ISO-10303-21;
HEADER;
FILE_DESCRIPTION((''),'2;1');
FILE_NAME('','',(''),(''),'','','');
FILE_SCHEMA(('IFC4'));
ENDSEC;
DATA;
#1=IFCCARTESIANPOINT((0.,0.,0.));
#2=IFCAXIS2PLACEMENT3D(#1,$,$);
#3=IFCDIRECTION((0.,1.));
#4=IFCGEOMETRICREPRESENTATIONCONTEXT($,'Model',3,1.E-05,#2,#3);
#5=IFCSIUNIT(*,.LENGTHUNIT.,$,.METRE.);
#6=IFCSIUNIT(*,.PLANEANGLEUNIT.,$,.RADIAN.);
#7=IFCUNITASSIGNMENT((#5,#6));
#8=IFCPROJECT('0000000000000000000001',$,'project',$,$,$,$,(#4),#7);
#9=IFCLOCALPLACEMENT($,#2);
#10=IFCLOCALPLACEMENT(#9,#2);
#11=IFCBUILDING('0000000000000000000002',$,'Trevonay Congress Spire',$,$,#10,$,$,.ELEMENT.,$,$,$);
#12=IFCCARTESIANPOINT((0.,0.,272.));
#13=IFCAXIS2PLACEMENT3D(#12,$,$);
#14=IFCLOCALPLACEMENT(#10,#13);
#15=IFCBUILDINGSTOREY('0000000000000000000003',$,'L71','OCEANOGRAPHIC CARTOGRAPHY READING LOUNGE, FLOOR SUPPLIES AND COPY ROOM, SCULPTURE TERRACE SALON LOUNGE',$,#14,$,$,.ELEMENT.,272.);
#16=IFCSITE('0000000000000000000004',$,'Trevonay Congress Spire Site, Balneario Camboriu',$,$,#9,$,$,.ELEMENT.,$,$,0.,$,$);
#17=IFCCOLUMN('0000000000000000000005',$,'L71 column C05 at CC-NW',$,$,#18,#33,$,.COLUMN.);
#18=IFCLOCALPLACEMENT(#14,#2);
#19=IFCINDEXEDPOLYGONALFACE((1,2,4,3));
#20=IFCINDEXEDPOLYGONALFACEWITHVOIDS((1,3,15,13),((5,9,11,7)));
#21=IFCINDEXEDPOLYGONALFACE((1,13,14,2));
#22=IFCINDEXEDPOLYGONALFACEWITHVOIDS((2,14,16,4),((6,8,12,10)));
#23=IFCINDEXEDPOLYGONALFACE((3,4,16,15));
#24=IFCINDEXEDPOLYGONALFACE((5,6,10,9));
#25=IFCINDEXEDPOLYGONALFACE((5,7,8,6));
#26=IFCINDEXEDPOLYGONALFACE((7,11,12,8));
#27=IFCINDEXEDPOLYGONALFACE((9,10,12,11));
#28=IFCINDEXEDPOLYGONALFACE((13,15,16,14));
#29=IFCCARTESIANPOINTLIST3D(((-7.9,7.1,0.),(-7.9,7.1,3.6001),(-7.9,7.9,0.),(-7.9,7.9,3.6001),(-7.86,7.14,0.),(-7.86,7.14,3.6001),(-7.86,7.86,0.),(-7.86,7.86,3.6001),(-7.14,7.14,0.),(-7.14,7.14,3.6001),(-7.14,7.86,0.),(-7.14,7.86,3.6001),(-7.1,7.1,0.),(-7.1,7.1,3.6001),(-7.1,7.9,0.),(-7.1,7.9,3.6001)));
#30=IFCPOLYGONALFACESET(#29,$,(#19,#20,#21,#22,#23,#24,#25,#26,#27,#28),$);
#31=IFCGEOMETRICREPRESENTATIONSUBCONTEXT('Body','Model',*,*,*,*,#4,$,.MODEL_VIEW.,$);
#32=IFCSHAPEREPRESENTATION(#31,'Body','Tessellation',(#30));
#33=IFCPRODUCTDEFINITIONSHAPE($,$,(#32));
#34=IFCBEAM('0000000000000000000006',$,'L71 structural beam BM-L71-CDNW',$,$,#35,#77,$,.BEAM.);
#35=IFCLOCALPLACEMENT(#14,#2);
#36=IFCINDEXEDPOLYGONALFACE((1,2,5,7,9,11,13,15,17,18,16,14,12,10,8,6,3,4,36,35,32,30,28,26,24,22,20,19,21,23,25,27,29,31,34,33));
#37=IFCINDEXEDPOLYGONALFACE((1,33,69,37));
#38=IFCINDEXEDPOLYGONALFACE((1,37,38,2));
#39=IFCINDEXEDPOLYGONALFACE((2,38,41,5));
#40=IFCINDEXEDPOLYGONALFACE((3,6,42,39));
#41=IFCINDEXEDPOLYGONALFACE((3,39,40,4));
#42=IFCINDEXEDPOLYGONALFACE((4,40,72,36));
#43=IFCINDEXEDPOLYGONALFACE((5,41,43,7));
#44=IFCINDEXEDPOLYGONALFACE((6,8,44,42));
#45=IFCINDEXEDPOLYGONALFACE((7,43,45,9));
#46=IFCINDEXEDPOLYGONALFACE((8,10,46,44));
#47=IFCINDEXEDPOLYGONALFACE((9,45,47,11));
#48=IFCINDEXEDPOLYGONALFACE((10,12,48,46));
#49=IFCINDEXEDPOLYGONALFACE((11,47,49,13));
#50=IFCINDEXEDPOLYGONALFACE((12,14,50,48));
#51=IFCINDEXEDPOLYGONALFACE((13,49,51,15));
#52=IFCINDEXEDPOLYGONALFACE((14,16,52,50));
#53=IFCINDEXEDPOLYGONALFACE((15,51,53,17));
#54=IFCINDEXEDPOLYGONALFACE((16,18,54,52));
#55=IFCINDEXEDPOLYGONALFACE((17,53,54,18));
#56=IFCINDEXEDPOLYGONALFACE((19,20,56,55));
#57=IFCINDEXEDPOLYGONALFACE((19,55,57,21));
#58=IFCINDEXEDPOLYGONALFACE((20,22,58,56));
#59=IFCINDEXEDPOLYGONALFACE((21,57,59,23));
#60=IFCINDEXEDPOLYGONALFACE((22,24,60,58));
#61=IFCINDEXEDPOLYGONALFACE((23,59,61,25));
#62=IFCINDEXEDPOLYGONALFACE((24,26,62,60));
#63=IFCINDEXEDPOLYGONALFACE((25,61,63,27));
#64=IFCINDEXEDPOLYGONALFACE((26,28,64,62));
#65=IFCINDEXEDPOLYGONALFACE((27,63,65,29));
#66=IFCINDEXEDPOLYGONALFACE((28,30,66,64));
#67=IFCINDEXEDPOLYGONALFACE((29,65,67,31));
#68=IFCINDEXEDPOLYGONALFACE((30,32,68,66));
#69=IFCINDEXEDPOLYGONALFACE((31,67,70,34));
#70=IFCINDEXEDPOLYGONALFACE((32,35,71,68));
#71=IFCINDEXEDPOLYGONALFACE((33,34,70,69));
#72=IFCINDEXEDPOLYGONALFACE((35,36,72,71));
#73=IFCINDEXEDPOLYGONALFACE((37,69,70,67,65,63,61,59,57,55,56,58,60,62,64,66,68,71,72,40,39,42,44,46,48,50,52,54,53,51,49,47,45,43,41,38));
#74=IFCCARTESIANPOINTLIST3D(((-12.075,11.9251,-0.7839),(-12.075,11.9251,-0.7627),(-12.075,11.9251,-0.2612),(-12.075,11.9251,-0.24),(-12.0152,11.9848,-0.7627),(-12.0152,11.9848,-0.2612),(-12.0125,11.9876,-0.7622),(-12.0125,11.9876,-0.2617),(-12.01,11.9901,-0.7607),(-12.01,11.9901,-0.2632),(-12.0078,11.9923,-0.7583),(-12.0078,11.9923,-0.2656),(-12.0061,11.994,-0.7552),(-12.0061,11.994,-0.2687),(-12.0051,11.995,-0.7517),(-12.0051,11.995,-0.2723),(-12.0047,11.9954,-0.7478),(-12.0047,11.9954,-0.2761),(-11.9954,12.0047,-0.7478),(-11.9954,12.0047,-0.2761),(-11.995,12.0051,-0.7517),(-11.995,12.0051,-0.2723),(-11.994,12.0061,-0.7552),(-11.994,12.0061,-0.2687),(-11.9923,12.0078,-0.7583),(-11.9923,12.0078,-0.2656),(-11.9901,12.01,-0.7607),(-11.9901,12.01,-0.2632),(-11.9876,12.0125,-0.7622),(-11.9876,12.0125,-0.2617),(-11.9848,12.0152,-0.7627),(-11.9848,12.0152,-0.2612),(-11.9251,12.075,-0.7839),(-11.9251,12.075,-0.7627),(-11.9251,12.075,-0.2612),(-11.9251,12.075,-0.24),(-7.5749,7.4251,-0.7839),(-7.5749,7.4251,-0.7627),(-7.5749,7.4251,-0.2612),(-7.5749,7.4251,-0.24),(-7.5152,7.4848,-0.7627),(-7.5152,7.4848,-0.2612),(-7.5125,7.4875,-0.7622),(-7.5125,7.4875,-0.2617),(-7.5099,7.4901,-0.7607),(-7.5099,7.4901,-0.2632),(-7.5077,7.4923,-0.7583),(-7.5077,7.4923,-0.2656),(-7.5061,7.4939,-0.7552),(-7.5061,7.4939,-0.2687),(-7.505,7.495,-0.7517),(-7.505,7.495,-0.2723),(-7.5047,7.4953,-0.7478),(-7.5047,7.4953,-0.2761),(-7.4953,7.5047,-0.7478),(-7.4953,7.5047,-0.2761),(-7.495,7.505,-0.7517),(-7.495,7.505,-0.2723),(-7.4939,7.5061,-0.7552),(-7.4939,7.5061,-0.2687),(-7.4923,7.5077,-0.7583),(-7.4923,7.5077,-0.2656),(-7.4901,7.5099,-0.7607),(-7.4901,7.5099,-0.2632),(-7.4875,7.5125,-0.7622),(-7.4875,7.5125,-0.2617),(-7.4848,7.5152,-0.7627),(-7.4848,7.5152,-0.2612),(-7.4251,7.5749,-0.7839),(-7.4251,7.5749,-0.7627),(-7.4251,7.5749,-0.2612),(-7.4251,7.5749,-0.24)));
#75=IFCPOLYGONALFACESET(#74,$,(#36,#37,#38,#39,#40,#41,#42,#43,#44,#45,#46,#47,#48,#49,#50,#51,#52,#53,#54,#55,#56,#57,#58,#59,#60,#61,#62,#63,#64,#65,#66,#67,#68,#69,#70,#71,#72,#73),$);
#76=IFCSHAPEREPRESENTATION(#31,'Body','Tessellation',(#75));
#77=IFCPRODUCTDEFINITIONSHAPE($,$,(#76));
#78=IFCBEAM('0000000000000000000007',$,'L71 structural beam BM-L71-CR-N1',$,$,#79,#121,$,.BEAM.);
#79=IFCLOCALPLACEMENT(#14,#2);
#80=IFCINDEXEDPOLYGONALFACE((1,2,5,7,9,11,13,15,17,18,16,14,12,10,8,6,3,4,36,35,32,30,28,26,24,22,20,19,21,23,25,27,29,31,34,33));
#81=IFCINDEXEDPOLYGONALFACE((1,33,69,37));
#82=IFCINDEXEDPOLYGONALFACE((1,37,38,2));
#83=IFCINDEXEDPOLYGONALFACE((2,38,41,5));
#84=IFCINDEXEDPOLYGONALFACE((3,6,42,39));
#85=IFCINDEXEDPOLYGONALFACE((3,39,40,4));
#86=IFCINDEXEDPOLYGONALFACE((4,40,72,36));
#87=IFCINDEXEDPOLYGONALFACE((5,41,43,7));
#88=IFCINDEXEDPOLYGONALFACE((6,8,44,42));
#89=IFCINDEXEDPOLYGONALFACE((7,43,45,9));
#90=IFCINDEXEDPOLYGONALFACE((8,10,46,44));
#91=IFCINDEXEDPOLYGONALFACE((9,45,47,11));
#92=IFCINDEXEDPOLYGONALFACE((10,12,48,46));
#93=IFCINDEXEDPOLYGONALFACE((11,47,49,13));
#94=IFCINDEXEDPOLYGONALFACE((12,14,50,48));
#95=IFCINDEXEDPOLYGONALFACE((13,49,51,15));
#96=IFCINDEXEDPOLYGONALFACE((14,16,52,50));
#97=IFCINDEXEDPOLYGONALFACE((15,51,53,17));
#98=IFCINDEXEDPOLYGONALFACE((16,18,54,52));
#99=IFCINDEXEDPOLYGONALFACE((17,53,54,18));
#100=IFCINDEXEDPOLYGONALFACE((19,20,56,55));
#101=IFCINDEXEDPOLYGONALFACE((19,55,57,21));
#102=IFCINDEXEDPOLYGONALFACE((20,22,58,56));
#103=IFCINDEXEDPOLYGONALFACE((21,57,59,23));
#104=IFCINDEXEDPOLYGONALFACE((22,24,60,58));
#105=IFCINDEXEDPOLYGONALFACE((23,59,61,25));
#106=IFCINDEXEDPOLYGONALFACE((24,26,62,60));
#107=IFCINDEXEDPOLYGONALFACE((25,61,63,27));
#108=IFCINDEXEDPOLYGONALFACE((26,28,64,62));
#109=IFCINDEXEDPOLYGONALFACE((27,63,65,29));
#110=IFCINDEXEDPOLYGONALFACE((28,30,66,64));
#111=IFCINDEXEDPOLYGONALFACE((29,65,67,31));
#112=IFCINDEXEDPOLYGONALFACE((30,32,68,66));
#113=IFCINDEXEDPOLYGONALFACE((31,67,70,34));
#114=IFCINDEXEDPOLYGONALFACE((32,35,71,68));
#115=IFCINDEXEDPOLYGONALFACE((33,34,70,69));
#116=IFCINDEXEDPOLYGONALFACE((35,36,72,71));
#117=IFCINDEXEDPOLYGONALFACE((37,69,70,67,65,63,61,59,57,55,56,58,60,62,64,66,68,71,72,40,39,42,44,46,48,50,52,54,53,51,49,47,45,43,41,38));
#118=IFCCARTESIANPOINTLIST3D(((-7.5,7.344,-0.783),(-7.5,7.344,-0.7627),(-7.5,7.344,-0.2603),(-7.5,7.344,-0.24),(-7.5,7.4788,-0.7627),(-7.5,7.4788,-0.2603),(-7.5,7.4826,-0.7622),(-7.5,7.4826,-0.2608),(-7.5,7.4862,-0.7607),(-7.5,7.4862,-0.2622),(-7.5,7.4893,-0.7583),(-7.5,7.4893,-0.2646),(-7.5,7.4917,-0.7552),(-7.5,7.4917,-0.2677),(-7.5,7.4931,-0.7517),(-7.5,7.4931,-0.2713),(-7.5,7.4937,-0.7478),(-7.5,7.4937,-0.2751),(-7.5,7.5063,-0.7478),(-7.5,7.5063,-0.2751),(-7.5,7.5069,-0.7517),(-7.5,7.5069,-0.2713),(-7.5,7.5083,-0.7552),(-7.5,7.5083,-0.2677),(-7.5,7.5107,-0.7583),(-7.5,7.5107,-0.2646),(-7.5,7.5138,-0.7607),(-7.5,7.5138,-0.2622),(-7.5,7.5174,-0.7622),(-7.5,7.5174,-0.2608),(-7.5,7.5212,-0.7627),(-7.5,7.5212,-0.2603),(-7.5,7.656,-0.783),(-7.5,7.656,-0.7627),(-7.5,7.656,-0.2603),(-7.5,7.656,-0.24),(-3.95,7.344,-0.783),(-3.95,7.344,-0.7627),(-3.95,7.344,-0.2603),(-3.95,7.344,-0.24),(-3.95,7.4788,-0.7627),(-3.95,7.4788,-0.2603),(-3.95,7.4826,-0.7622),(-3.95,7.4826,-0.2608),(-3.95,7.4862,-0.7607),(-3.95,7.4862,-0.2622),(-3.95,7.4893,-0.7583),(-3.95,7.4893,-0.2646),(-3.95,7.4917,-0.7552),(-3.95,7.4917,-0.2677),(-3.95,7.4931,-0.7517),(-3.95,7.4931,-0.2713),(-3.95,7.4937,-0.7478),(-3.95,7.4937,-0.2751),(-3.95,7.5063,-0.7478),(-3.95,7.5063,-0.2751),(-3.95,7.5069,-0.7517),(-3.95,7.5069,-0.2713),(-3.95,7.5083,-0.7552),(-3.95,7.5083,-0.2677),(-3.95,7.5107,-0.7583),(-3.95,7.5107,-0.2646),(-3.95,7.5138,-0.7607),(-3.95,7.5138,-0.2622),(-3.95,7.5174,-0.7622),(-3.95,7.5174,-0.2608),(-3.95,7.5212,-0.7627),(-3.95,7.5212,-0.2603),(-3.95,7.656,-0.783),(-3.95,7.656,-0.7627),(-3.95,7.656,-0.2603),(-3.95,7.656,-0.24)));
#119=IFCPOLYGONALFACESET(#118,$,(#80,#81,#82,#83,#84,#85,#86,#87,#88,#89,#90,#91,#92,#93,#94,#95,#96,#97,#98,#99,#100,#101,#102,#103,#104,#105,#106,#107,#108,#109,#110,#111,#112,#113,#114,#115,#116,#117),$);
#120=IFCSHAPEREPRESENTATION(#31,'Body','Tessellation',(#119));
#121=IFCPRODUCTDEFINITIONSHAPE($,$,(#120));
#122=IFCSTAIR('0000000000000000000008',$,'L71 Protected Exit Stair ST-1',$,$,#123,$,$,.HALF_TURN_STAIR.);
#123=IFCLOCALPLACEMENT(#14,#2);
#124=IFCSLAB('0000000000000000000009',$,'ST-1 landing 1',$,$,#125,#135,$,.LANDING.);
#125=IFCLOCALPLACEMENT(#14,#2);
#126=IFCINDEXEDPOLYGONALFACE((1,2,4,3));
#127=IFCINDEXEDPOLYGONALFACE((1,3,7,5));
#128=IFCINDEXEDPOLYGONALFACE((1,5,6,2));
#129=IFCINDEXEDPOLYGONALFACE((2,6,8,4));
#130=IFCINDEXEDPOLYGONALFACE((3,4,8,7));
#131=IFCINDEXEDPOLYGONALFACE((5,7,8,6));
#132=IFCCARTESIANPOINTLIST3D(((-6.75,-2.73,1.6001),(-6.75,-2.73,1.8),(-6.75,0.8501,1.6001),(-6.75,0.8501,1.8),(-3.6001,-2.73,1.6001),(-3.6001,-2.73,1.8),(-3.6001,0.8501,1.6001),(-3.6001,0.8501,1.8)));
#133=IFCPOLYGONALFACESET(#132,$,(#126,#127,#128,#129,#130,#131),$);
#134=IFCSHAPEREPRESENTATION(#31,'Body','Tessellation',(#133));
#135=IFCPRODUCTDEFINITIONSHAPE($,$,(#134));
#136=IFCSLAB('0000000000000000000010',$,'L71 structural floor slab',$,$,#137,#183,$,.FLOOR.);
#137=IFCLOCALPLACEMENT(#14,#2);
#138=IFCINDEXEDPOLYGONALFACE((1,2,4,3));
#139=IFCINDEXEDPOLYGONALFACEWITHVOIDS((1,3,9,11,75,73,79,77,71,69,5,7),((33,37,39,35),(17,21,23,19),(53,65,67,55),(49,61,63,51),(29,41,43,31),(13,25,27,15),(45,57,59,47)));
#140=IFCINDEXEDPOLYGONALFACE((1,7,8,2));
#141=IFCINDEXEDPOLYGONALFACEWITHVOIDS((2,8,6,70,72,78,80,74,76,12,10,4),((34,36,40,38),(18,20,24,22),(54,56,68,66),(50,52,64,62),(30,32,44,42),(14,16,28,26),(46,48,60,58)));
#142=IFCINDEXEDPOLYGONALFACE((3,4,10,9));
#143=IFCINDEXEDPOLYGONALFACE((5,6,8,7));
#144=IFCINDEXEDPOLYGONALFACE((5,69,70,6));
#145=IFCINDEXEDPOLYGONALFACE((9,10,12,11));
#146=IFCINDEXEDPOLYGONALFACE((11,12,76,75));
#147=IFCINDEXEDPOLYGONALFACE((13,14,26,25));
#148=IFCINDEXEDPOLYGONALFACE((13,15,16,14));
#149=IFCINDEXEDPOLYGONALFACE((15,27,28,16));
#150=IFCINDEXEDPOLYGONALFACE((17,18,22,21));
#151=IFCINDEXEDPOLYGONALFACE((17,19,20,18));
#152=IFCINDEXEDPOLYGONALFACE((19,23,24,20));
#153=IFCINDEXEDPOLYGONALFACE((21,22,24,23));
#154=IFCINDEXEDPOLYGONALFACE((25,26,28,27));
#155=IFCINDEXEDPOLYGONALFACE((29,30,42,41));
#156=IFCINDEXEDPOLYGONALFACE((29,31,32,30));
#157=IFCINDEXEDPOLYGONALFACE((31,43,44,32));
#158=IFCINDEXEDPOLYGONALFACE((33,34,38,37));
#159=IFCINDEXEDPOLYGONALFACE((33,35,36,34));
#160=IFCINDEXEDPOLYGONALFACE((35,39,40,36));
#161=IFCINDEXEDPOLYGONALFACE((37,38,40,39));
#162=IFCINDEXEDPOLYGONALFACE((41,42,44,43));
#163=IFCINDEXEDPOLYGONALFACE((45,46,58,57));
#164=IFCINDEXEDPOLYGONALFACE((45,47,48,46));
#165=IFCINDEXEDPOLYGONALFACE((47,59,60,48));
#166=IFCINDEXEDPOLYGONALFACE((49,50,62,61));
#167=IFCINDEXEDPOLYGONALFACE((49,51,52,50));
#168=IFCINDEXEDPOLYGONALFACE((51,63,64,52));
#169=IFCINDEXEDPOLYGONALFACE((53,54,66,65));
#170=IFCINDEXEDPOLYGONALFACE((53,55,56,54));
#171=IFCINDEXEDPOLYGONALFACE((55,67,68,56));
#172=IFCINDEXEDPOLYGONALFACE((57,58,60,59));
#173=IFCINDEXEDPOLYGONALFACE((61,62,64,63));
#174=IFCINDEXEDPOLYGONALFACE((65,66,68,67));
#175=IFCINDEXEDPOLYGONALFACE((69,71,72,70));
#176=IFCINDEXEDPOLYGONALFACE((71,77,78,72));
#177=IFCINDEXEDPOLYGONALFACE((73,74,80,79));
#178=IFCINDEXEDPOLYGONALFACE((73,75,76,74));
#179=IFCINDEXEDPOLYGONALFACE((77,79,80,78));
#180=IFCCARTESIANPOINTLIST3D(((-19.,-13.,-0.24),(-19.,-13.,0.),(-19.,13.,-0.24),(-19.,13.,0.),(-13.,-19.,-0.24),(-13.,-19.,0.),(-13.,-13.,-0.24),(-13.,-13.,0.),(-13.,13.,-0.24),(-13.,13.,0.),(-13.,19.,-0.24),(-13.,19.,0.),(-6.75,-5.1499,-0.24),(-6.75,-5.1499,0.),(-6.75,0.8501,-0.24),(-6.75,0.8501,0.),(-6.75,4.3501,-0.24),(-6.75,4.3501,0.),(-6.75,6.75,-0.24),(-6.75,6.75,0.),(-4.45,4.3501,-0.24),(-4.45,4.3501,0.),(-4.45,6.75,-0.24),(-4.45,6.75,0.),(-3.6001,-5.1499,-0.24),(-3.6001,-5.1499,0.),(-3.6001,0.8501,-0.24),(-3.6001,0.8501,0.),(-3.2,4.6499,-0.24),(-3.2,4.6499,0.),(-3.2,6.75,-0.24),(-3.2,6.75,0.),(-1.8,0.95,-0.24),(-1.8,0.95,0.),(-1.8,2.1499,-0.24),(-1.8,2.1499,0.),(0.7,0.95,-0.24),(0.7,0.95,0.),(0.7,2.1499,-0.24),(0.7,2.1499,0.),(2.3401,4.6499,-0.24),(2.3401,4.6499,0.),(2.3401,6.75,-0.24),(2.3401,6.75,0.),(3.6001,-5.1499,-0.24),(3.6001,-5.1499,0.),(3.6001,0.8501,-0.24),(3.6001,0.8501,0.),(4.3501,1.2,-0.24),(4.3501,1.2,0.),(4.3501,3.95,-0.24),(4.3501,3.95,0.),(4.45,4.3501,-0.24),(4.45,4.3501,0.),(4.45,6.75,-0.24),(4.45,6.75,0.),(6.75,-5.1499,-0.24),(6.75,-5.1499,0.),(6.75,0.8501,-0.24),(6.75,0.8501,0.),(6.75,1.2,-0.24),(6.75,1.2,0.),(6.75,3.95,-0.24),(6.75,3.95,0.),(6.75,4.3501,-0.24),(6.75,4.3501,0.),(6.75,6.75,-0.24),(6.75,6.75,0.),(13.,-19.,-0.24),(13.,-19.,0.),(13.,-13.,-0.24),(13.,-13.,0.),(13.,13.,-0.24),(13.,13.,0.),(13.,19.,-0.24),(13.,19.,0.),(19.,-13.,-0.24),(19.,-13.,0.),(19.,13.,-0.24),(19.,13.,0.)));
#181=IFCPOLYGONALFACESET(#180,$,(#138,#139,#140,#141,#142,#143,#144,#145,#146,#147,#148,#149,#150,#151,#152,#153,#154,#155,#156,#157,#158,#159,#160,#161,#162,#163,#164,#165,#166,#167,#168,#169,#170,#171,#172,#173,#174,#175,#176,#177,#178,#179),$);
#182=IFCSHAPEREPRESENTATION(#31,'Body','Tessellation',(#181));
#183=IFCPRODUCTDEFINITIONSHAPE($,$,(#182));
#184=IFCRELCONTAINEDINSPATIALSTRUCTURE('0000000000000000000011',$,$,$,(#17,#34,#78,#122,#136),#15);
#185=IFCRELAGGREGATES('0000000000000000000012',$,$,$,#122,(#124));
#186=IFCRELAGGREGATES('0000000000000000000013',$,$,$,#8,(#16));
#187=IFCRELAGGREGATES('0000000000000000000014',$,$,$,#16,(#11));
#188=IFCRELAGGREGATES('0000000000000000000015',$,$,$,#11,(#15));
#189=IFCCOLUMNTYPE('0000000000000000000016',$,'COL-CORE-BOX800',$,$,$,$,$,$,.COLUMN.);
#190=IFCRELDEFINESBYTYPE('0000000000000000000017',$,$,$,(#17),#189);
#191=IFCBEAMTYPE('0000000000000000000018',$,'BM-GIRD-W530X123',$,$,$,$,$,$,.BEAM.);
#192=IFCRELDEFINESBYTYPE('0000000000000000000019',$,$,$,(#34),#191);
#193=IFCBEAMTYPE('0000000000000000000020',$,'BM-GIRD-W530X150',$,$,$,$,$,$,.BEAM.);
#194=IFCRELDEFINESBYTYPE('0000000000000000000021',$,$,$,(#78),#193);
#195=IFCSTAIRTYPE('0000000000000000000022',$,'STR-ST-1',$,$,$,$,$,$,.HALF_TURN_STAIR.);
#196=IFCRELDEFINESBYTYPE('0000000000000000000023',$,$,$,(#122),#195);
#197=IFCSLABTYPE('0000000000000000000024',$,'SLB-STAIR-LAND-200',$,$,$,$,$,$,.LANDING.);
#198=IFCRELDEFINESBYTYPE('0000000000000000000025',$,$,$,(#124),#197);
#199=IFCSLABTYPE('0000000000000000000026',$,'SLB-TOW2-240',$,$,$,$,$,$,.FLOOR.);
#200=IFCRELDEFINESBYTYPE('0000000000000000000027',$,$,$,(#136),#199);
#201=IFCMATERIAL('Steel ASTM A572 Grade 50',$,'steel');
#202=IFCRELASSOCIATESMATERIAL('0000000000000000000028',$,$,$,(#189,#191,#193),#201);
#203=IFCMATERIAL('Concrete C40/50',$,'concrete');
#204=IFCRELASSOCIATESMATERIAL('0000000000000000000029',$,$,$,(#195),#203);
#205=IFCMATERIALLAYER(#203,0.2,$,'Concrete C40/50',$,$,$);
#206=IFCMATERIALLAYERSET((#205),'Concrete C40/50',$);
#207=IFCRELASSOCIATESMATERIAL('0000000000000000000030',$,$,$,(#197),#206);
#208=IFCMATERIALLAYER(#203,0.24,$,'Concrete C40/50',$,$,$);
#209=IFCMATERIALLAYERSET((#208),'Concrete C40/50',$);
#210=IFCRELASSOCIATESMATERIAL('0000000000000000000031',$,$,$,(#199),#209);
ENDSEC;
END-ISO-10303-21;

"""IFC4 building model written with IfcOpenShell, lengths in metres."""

from ifc_helpers import new_model, si_unit, direction, frame, origin, origin_2d, place, context, subcontext, project, spatial, polyline, hollow_rectangle, i_section, outline, extrude, material, layer, layer_set, material_profile, profile_set, type_object, element, aggregate, save


model = new_model("IFC4")

# Units and contexts
model_context = context("Model", 3, precision=1e-05, world=origin(), true_north=direction((0.0, 1.0)))
body_context = subcontext(model_context, "Body", "Model", "MODEL_VIEW")
ifc_project = project(units=[si_unit("LENGTHUNIT", "METRE"), si_unit("PLANEANGLEUNIT", "RADIAN")], contexts=[model_context])

# Site, building, storey
site_placement = place(None, origin())
site = spatial("IfcSite", under=ifc_project, at=site_placement, Name="Trevonay Congress Spire Site, Balneario Camboriu", CompositionType="ELEMENT", RefElevation=0.0)
building_placement = place(site_placement, origin())
building = spatial("IfcBuilding", under=site, at=building_placement, Name="Trevonay Congress Spire", CompositionType="ELEMENT")
storey_placement = place(building_placement, frame((0.0, 0.0, 272.0)))
storey = spatial("IfcBuildingStorey", under=building, at=storey_placement, Name="L71", Description="OCEANOGRAPHIC CARTOGRAPHY READING LOUNGE, FLOOR SUPPLIES AND COPY ROOM, SCULPTURE TERRACE SALON LOUNGE", CompositionType="ELEMENT", Elevation=272.0)

# Column
ifc_material_1 = material(Name="Steel ASTM A572 Grade 50", Category="steel")
ifc_material_profile_1 = material_profile(ifc_material_1, hollow_rectangle(XDim=0.8, YDim=0.8, WallThickness=0.04, at=origin_2d()), Name="BOX 800x800x40")
ifc_profile_set_1 = profile_set([ifc_material_profile_1], Name="Steel ASTM A572 Grade 50")
column_type = type_object("IfcColumnType", Name="COL-CORE-BOX800", PredefinedType="COLUMN", material=ifc_profile_set_1)
column_placement = place(storey_placement, frame((-7.5, 7.5, 0.0), z_axis=(0.0, 0.0, 1.0), x_axis=(1.0, 0.0, 0.0)))
element("IfcColumn", 1, at=column_placement, inside=storey, type_object=column_type, Name="L71 column C05 at CC-NW", PredefinedType="COLUMN", context=body_context, shape_type="SweptSolid", body=[
    extrude(hollow_rectangle(XDim=0.8, YDim=0.8, WallThickness=0.04, at=origin_2d()), origin(), (0.0, 0.0, 1.0), 3.6001),
])

# Beams
ifc_material_profile_2 = material_profile(ifc_material_1, i_section(OverallWidth=0.2119, OverallDepth=0.5439, WebThickness=0.0132, FlangeThickness=0.0212, FilletRadius=0.0149, at=origin_2d()), Name="W530x123")
ifc_profile_set_2 = profile_set([ifc_material_profile_2], Name="Steel ASTM A572 Grade 50")
beam_type_1 = type_object("IfcBeamType", Name="BM-GIRD-W530X123", PredefinedType="BEAM", material=ifc_profile_set_2)
beam_1_placement = place(storey_placement, frame((-7.5, 7.5, -0.512), z_axis=(-0.707107, 0.707107, 0.0), x_axis=(-0.707107, -0.707107, 0.0)))
element("IfcBeam", 2, at=beam_1_placement, inside=storey, type_object=beam_type_1, Name="L71 structural beam BM-L71-CDNW", PredefinedType="BEAM", context=body_context, shape_type="SweptSolid", body=[
    extrude(i_section(OverallWidth=0.2119, OverallDepth=0.5439, WebThickness=0.0132, FlangeThickness=0.0212, FilletRadius=0.0149, at=origin_2d()), origin(), (0.0, 0.0, 1.0), 6.364),
])
ifc_material_profile_3 = material_profile(ifc_material_1, i_section(OverallWidth=0.312, OverallDepth=0.543, WebThickness=0.0127, FlangeThickness=0.0203, FilletRadius=0.0149, at=origin_2d()), Name="W530x150")
ifc_profile_set_3 = profile_set([ifc_material_profile_3], Name="Steel ASTM A572 Grade 50")
beam_type_2 = type_object("IfcBeamType", Name="BM-GIRD-W530X150", PredefinedType="BEAM", material=ifc_profile_set_3)
beam_2_placement = place(storey_placement, frame((-7.5, 7.5, -0.5115), z_axis=(1.0, 0.0, 0.0), x_axis=(0.0, 1.0, 0.0)))
element("IfcBeam", 3, at=beam_2_placement, inside=storey, type_object=beam_type_2, Name="L71 structural beam BM-L71-CR-N1", PredefinedType="BEAM", context=body_context, shape_type="SweptSolid", body=[
    extrude(i_section(OverallWidth=0.312, OverallDepth=0.543, WebThickness=0.0127, FlangeThickness=0.0203, FilletRadius=0.0149, at=origin_2d()), origin(), (0.0, 0.0, 1.0), 3.55),
])

# Stair, slab
ifc_material_2 = material(Name="Concrete C40/50", Category="concrete")
stair_type = type_object("IfcStairType", Name="STR-ST-1", PredefinedType="HALF_TURN_STAIR", material=ifc_material_2)
stair_placement = place(storey_placement, origin())
stair = element("IfcStair", 4, at=stair_placement, inside=storey, type_object=stair_type, Name="L71 Protected Exit Stair ST-1", PredefinedType="HALF_TURN_STAIR")
ifc_layer_1 = layer(ifc_material_2, 0.2, Name="Concrete C40/50")
ifc_layer_set_1 = layer_set([ifc_layer_1], Name="Concrete C40/50")
slab_type_1 = type_object("IfcSlabType", Name="SLB-STAIR-LAND-200", PredefinedType="LANDING", material=ifc_layer_set_1)
slab_1_placement = place(storey_placement, frame((0.0, 0.0, 1.6001)))
slab_1 = element("IfcSlab", 5, at=slab_1_placement, type_object=slab_type_1, Name="ST-1 landing 1", PredefinedType="LANDING", context=body_context, shape_type="SweptSolid", body=[
    extrude(outline(polyline([(-3.6001, -2.73), (-3.6001, 0.8501), (-6.75, 0.8501), (-6.75, -2.73), (-3.6001, -2.73)])), origin(), (0.0, 0.0, 1.0), 0.2),
])
aggregate(stair, [slab_1])

# Slab
ifc_layer_2 = layer(ifc_material_2, 0.24, Name="Concrete C40/50")
ifc_layer_set_2 = layer_set([ifc_layer_2], Name="Concrete C40/50")
slab_type_2 = type_object("IfcSlabType", Name="SLB-TOW2-240", PredefinedType="FLOOR", material=ifc_layer_set_2)
slab_2_placement = place(storey_placement, frame((0.0, 0.0, -0.24)))
element("IfcSlab", 6, at=slab_2_placement, inside=storey, type_object=slab_type_2, Name="L71 structural floor slab", PredefinedType="FLOOR", context=body_context, shape_type="SweptSolid", body=[
    extrude(outline(polyline([(-13.0, -19.0), (13.0, -19.0), (13.0, -13.0), (19.0, -13.0), (19.0, 13.0), (13.0, 13.0), (13.0, 19.0), (-13.0, 19.0), (-13.0, 13.0), (-19.0, 13.0), (-19.0, -13.0), (-13.0, -13.0), (-13.0, -19.0)]), holes=[polyline([(-3.6001, -5.1499), (-3.6001, 0.8501), (-6.75, 0.8501), (-6.75, -5.1499), (-3.6001, -5.1499)]), polyline([(6.75, -5.1499), (6.75, 0.8501), (3.6001, 0.8501), (3.6001, -5.1499), (6.75, -5.1499)]), polyline([(-3.2, 4.6499), (2.3401, 4.6499), (2.3401, 6.75), (-3.2, 6.75), (-3.2, 4.6499)]), polyline([(-6.75, 4.3501), (-4.45, 4.3501), (-4.45, 6.75), (-6.75, 6.75), (-6.75, 4.3501)]), polyline([(4.45, 4.3501), (6.75, 4.3501), (6.75, 6.75), (4.45, 6.75), (4.45, 4.3501)]), polyline([(4.3501, 1.2), (6.75, 1.2), (6.75, 3.95), (4.3501, 3.95), (4.3501, 1.2)]), polyline([(-1.8, 0.95), (0.7, 0.95), (0.7, 2.1499), (-1.8, 2.1499), (-1.8, 0.95)])]), origin(), (0.0, 0.0, 1.0), 0.24),
])

save(model, "model.ifc")
